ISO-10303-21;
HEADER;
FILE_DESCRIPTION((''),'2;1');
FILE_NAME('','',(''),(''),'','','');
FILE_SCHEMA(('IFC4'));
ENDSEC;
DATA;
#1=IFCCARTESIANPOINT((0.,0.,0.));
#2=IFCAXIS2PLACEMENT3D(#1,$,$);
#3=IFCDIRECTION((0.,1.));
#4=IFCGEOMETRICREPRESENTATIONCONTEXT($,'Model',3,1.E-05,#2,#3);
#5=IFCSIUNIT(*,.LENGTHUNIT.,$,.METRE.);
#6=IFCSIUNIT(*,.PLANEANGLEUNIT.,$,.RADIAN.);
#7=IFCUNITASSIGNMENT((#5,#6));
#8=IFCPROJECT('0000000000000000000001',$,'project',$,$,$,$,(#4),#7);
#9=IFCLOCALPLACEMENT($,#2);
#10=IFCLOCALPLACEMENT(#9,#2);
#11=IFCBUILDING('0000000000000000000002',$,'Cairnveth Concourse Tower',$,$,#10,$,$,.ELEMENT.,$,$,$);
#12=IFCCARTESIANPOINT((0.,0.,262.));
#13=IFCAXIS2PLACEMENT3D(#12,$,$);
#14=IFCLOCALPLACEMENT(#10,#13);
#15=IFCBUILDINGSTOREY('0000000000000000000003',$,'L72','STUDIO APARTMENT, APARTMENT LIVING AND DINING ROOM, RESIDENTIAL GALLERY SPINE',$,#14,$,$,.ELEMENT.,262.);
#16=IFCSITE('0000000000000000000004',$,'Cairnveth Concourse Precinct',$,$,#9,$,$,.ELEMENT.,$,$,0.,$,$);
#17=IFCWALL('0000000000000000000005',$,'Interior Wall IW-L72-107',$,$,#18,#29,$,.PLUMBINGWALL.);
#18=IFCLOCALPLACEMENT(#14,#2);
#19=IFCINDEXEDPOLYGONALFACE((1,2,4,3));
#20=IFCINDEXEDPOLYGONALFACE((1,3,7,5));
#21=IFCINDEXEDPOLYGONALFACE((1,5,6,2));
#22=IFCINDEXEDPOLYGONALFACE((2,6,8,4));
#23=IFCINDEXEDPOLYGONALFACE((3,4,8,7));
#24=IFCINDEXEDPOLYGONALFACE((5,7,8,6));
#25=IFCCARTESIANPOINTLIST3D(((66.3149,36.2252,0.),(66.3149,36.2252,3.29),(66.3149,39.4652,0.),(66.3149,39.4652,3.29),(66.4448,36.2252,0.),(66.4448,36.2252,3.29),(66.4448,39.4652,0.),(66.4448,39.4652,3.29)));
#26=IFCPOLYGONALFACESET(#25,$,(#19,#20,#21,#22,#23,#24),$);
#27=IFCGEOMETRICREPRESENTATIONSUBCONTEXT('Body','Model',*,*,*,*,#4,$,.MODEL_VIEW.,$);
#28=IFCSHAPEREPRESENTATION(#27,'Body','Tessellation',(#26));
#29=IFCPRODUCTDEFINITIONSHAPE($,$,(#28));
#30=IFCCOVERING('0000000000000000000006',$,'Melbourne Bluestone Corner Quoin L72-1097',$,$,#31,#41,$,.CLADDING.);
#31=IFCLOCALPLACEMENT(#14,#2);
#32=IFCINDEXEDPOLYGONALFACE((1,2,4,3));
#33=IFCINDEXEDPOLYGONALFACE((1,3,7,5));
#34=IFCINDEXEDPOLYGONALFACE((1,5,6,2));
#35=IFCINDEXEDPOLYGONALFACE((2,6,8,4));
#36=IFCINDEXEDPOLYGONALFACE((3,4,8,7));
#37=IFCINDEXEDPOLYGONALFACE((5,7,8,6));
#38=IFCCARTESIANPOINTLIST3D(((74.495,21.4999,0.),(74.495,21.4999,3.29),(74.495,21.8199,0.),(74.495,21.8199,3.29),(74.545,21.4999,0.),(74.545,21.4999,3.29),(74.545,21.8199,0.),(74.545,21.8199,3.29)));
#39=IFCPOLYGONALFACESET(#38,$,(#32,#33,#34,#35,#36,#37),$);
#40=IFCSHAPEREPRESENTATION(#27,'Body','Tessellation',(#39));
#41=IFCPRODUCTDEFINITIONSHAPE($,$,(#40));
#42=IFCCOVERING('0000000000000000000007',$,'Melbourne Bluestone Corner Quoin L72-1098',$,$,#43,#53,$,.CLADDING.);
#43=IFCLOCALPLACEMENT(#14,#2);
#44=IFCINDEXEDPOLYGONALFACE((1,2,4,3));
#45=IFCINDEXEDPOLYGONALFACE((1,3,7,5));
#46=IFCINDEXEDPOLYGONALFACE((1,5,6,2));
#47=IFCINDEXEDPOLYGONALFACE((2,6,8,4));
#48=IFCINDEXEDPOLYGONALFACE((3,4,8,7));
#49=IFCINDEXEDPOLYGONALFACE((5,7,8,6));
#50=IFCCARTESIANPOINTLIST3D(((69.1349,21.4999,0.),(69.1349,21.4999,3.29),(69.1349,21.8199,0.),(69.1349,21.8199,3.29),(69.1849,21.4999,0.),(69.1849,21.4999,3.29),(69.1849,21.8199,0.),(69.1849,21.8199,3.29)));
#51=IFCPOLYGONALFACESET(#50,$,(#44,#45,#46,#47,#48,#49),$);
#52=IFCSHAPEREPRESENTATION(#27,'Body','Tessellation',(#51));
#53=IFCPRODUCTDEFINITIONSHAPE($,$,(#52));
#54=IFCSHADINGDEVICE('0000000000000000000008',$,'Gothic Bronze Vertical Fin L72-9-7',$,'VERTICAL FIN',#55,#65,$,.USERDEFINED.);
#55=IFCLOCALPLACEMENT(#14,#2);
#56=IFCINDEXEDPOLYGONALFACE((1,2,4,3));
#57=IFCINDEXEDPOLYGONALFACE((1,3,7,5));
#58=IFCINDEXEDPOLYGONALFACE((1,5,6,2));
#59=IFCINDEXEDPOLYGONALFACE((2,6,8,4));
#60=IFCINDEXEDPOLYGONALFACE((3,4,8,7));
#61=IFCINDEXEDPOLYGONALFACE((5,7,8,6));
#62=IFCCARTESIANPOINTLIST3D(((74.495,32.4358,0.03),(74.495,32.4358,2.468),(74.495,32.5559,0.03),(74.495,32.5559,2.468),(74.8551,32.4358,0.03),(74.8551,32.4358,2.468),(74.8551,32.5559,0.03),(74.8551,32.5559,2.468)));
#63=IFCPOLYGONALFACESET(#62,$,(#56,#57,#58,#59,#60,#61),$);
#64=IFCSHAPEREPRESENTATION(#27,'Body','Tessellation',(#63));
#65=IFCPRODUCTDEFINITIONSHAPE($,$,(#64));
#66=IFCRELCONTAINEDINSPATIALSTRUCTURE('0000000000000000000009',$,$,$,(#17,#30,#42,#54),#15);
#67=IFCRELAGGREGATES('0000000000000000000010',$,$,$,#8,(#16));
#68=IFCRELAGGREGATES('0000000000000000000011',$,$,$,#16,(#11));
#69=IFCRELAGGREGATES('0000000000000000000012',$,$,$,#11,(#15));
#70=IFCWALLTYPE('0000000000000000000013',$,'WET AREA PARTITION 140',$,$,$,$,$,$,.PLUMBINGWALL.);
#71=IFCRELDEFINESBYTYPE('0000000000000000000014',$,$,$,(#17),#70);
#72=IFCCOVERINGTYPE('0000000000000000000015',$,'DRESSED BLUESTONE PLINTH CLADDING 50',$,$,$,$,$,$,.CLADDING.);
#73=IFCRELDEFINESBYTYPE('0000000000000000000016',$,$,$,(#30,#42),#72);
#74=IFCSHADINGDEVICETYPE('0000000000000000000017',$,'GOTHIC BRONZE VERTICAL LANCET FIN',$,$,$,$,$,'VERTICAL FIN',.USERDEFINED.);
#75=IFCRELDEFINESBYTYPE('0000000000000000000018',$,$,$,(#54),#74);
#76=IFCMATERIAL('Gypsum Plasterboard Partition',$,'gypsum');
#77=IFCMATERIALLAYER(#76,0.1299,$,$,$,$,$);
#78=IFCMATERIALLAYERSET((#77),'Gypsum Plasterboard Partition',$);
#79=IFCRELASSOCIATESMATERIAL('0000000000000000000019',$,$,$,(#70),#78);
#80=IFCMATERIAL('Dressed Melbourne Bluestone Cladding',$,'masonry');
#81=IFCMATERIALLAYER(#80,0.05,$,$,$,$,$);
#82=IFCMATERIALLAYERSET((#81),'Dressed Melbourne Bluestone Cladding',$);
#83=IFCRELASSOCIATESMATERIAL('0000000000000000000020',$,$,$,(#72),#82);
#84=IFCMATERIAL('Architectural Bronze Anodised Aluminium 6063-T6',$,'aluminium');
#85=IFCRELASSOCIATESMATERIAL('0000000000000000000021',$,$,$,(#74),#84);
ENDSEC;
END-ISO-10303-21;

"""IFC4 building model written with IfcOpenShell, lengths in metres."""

from ifc_helpers import new_model, si_unit, direction, frame, frame_2d, origin, origin_2d, place, context, subcontext, project, spatial, rectangle, extrude, material, layer, layer_set, type_object, element, save


model = new_model("IFC4")

# Units and contexts
model_context = context("Model", 3, precision=1e-05, world=origin(), true_north=direction((0.0, 1.0)))
body_context = subcontext(model_context, "Body", "Model", "MODEL_VIEW")
ifc_project = project(units=[si_unit("LENGTHUNIT", "METRE"), si_unit("PLANEANGLEUNIT", "RADIAN")], contexts=[model_context])

# Site, building, storey
site_placement = place(None, origin())
site = spatial("IfcSite", under=ifc_project, at=site_placement, Name="Cairnveth Concourse Precinct", CompositionType="ELEMENT", RefElevation=0.0)
building_placement = place(site_placement, origin())
building = spatial("IfcBuilding", under=site, at=building_placement, Name="Cairnveth Concourse Tower", CompositionType="ELEMENT")
storey_placement = place(building_placement, frame((0.0, 0.0, 262.0)))
storey = spatial("IfcBuildingStorey", under=building, at=storey_placement, Name="L72", Description="STUDIO APARTMENT, APARTMENT LIVING AND DINING ROOM, RESIDENTIAL GALLERY SPINE", CompositionType="ELEMENT", Elevation=262.0)

# Shared definitions
ifc_material_1 = material(Name="Gypsum Plasterboard Partition", Category="gypsum")

# Shared definitions
ifc_layer_1 = layer(ifc_material_1, 0.1299)
ifc_layer_set_1 = layer_set([ifc_layer_1], Name="Gypsum Plasterboard Partition")
wall_type_1 = type_object("IfcWallType", Name="WET AREA PARTITION 140", PredefinedType="PLUMBINGWALL", material=ifc_layer_set_1)

# Wall
wall_1_placement = place(storey_placement, frame((66.3799, 36.2251, 0.0), z_axis=(0.0, 0.0, 1.0), x_axis=(0.0, 1.0, 0.0)))
element("IfcWall", 1, at=wall_1_placement, inside=storey, type_object=wall_type_1, Name="Interior Wall IW-L72-107", PredefinedType="PLUMBINGWALL", context=body_context, shape_type="SweptSolid", body=[
    extrude(rectangle(XDim=3.24, YDim=0.1299, at=frame_2d((1.6201, 0.0))), origin(), (0.0, 0.0, 1.0), 3.29),
])

# Coverings
ifc_material_2 = material(Name="Dressed Melbourne Bluestone Cladding", Category="masonry")
ifc_layer_2 = layer(ifc_material_2, 0.05)
ifc_layer_set_2 = layer_set([ifc_layer_2], Name="Dressed Melbourne Bluestone Cladding")
covering_type = type_object("IfcCoveringType", Name="DRESSED BLUESTONE PLINTH CLADDING 50", PredefinedType="CLADDING", material=ifc_layer_set_2)
for number, where, z_axis, x_axis, name in (
    (2, (74.52, 21.8201, 0.0), (0.0, 0.0, 1.0), (0.0, -1.0, 0.0), "Melbourne Bluestone Corner Quoin L72-1097"),
    (3, (69.1599, 21.8201, 0.0), (0.0, 0.0, 1.0), (0.0, -1.0, 0.0), "Melbourne Bluestone Corner Quoin L72-1098"),
):
    element("IfcCovering", number, at=place(storey_placement, frame(where, z_axis=z_axis, x_axis=x_axis)), inside=storey, type_object=covering_type, Name=name, PredefinedType="CLADDING", context=body_context, shape_type="SweptSolid", body=[
        extrude(rectangle(XDim=0.3201, YDim=0.05, at=frame_2d((0.1602, 0.0))), origin(), (0.0, 0.0, 1.0), 3.29),
    ])

# Shading device
ifc_material_3 = material(Name="Architectural Bronze Anodised Aluminium 6063-T6", Category="aluminium")
shading_device_type = type_object("IfcShadingDeviceType", Name="GOTHIC BRONZE VERTICAL LANCET FIN", ElementType="VERTICAL FIN", PredefinedType="USERDEFINED", material=ifc_material_3)
shading_device_placement = place(storey_placement, frame((74.675, 32.4958, 0.03), z_axis=(0.0, 0.0, 1.0), x_axis=(0.0, 1.0, 0.0)))
element("IfcShadingDevice", 4, at=shading_device_placement, inside=storey, type_object=shading_device_type, Name="Gothic Bronze Vertical Fin L72-9-7", ObjectType="VERTICAL FIN", PredefinedType="USERDEFINED", context=body_context, shape_type="SweptSolid", body=[
    extrude(rectangle(XDim=0.1201, YDim=0.3601, at=origin_2d()), origin(), (0.0, 0.0, 1.0), 2.438),
])

save(model, "model.ifc")
